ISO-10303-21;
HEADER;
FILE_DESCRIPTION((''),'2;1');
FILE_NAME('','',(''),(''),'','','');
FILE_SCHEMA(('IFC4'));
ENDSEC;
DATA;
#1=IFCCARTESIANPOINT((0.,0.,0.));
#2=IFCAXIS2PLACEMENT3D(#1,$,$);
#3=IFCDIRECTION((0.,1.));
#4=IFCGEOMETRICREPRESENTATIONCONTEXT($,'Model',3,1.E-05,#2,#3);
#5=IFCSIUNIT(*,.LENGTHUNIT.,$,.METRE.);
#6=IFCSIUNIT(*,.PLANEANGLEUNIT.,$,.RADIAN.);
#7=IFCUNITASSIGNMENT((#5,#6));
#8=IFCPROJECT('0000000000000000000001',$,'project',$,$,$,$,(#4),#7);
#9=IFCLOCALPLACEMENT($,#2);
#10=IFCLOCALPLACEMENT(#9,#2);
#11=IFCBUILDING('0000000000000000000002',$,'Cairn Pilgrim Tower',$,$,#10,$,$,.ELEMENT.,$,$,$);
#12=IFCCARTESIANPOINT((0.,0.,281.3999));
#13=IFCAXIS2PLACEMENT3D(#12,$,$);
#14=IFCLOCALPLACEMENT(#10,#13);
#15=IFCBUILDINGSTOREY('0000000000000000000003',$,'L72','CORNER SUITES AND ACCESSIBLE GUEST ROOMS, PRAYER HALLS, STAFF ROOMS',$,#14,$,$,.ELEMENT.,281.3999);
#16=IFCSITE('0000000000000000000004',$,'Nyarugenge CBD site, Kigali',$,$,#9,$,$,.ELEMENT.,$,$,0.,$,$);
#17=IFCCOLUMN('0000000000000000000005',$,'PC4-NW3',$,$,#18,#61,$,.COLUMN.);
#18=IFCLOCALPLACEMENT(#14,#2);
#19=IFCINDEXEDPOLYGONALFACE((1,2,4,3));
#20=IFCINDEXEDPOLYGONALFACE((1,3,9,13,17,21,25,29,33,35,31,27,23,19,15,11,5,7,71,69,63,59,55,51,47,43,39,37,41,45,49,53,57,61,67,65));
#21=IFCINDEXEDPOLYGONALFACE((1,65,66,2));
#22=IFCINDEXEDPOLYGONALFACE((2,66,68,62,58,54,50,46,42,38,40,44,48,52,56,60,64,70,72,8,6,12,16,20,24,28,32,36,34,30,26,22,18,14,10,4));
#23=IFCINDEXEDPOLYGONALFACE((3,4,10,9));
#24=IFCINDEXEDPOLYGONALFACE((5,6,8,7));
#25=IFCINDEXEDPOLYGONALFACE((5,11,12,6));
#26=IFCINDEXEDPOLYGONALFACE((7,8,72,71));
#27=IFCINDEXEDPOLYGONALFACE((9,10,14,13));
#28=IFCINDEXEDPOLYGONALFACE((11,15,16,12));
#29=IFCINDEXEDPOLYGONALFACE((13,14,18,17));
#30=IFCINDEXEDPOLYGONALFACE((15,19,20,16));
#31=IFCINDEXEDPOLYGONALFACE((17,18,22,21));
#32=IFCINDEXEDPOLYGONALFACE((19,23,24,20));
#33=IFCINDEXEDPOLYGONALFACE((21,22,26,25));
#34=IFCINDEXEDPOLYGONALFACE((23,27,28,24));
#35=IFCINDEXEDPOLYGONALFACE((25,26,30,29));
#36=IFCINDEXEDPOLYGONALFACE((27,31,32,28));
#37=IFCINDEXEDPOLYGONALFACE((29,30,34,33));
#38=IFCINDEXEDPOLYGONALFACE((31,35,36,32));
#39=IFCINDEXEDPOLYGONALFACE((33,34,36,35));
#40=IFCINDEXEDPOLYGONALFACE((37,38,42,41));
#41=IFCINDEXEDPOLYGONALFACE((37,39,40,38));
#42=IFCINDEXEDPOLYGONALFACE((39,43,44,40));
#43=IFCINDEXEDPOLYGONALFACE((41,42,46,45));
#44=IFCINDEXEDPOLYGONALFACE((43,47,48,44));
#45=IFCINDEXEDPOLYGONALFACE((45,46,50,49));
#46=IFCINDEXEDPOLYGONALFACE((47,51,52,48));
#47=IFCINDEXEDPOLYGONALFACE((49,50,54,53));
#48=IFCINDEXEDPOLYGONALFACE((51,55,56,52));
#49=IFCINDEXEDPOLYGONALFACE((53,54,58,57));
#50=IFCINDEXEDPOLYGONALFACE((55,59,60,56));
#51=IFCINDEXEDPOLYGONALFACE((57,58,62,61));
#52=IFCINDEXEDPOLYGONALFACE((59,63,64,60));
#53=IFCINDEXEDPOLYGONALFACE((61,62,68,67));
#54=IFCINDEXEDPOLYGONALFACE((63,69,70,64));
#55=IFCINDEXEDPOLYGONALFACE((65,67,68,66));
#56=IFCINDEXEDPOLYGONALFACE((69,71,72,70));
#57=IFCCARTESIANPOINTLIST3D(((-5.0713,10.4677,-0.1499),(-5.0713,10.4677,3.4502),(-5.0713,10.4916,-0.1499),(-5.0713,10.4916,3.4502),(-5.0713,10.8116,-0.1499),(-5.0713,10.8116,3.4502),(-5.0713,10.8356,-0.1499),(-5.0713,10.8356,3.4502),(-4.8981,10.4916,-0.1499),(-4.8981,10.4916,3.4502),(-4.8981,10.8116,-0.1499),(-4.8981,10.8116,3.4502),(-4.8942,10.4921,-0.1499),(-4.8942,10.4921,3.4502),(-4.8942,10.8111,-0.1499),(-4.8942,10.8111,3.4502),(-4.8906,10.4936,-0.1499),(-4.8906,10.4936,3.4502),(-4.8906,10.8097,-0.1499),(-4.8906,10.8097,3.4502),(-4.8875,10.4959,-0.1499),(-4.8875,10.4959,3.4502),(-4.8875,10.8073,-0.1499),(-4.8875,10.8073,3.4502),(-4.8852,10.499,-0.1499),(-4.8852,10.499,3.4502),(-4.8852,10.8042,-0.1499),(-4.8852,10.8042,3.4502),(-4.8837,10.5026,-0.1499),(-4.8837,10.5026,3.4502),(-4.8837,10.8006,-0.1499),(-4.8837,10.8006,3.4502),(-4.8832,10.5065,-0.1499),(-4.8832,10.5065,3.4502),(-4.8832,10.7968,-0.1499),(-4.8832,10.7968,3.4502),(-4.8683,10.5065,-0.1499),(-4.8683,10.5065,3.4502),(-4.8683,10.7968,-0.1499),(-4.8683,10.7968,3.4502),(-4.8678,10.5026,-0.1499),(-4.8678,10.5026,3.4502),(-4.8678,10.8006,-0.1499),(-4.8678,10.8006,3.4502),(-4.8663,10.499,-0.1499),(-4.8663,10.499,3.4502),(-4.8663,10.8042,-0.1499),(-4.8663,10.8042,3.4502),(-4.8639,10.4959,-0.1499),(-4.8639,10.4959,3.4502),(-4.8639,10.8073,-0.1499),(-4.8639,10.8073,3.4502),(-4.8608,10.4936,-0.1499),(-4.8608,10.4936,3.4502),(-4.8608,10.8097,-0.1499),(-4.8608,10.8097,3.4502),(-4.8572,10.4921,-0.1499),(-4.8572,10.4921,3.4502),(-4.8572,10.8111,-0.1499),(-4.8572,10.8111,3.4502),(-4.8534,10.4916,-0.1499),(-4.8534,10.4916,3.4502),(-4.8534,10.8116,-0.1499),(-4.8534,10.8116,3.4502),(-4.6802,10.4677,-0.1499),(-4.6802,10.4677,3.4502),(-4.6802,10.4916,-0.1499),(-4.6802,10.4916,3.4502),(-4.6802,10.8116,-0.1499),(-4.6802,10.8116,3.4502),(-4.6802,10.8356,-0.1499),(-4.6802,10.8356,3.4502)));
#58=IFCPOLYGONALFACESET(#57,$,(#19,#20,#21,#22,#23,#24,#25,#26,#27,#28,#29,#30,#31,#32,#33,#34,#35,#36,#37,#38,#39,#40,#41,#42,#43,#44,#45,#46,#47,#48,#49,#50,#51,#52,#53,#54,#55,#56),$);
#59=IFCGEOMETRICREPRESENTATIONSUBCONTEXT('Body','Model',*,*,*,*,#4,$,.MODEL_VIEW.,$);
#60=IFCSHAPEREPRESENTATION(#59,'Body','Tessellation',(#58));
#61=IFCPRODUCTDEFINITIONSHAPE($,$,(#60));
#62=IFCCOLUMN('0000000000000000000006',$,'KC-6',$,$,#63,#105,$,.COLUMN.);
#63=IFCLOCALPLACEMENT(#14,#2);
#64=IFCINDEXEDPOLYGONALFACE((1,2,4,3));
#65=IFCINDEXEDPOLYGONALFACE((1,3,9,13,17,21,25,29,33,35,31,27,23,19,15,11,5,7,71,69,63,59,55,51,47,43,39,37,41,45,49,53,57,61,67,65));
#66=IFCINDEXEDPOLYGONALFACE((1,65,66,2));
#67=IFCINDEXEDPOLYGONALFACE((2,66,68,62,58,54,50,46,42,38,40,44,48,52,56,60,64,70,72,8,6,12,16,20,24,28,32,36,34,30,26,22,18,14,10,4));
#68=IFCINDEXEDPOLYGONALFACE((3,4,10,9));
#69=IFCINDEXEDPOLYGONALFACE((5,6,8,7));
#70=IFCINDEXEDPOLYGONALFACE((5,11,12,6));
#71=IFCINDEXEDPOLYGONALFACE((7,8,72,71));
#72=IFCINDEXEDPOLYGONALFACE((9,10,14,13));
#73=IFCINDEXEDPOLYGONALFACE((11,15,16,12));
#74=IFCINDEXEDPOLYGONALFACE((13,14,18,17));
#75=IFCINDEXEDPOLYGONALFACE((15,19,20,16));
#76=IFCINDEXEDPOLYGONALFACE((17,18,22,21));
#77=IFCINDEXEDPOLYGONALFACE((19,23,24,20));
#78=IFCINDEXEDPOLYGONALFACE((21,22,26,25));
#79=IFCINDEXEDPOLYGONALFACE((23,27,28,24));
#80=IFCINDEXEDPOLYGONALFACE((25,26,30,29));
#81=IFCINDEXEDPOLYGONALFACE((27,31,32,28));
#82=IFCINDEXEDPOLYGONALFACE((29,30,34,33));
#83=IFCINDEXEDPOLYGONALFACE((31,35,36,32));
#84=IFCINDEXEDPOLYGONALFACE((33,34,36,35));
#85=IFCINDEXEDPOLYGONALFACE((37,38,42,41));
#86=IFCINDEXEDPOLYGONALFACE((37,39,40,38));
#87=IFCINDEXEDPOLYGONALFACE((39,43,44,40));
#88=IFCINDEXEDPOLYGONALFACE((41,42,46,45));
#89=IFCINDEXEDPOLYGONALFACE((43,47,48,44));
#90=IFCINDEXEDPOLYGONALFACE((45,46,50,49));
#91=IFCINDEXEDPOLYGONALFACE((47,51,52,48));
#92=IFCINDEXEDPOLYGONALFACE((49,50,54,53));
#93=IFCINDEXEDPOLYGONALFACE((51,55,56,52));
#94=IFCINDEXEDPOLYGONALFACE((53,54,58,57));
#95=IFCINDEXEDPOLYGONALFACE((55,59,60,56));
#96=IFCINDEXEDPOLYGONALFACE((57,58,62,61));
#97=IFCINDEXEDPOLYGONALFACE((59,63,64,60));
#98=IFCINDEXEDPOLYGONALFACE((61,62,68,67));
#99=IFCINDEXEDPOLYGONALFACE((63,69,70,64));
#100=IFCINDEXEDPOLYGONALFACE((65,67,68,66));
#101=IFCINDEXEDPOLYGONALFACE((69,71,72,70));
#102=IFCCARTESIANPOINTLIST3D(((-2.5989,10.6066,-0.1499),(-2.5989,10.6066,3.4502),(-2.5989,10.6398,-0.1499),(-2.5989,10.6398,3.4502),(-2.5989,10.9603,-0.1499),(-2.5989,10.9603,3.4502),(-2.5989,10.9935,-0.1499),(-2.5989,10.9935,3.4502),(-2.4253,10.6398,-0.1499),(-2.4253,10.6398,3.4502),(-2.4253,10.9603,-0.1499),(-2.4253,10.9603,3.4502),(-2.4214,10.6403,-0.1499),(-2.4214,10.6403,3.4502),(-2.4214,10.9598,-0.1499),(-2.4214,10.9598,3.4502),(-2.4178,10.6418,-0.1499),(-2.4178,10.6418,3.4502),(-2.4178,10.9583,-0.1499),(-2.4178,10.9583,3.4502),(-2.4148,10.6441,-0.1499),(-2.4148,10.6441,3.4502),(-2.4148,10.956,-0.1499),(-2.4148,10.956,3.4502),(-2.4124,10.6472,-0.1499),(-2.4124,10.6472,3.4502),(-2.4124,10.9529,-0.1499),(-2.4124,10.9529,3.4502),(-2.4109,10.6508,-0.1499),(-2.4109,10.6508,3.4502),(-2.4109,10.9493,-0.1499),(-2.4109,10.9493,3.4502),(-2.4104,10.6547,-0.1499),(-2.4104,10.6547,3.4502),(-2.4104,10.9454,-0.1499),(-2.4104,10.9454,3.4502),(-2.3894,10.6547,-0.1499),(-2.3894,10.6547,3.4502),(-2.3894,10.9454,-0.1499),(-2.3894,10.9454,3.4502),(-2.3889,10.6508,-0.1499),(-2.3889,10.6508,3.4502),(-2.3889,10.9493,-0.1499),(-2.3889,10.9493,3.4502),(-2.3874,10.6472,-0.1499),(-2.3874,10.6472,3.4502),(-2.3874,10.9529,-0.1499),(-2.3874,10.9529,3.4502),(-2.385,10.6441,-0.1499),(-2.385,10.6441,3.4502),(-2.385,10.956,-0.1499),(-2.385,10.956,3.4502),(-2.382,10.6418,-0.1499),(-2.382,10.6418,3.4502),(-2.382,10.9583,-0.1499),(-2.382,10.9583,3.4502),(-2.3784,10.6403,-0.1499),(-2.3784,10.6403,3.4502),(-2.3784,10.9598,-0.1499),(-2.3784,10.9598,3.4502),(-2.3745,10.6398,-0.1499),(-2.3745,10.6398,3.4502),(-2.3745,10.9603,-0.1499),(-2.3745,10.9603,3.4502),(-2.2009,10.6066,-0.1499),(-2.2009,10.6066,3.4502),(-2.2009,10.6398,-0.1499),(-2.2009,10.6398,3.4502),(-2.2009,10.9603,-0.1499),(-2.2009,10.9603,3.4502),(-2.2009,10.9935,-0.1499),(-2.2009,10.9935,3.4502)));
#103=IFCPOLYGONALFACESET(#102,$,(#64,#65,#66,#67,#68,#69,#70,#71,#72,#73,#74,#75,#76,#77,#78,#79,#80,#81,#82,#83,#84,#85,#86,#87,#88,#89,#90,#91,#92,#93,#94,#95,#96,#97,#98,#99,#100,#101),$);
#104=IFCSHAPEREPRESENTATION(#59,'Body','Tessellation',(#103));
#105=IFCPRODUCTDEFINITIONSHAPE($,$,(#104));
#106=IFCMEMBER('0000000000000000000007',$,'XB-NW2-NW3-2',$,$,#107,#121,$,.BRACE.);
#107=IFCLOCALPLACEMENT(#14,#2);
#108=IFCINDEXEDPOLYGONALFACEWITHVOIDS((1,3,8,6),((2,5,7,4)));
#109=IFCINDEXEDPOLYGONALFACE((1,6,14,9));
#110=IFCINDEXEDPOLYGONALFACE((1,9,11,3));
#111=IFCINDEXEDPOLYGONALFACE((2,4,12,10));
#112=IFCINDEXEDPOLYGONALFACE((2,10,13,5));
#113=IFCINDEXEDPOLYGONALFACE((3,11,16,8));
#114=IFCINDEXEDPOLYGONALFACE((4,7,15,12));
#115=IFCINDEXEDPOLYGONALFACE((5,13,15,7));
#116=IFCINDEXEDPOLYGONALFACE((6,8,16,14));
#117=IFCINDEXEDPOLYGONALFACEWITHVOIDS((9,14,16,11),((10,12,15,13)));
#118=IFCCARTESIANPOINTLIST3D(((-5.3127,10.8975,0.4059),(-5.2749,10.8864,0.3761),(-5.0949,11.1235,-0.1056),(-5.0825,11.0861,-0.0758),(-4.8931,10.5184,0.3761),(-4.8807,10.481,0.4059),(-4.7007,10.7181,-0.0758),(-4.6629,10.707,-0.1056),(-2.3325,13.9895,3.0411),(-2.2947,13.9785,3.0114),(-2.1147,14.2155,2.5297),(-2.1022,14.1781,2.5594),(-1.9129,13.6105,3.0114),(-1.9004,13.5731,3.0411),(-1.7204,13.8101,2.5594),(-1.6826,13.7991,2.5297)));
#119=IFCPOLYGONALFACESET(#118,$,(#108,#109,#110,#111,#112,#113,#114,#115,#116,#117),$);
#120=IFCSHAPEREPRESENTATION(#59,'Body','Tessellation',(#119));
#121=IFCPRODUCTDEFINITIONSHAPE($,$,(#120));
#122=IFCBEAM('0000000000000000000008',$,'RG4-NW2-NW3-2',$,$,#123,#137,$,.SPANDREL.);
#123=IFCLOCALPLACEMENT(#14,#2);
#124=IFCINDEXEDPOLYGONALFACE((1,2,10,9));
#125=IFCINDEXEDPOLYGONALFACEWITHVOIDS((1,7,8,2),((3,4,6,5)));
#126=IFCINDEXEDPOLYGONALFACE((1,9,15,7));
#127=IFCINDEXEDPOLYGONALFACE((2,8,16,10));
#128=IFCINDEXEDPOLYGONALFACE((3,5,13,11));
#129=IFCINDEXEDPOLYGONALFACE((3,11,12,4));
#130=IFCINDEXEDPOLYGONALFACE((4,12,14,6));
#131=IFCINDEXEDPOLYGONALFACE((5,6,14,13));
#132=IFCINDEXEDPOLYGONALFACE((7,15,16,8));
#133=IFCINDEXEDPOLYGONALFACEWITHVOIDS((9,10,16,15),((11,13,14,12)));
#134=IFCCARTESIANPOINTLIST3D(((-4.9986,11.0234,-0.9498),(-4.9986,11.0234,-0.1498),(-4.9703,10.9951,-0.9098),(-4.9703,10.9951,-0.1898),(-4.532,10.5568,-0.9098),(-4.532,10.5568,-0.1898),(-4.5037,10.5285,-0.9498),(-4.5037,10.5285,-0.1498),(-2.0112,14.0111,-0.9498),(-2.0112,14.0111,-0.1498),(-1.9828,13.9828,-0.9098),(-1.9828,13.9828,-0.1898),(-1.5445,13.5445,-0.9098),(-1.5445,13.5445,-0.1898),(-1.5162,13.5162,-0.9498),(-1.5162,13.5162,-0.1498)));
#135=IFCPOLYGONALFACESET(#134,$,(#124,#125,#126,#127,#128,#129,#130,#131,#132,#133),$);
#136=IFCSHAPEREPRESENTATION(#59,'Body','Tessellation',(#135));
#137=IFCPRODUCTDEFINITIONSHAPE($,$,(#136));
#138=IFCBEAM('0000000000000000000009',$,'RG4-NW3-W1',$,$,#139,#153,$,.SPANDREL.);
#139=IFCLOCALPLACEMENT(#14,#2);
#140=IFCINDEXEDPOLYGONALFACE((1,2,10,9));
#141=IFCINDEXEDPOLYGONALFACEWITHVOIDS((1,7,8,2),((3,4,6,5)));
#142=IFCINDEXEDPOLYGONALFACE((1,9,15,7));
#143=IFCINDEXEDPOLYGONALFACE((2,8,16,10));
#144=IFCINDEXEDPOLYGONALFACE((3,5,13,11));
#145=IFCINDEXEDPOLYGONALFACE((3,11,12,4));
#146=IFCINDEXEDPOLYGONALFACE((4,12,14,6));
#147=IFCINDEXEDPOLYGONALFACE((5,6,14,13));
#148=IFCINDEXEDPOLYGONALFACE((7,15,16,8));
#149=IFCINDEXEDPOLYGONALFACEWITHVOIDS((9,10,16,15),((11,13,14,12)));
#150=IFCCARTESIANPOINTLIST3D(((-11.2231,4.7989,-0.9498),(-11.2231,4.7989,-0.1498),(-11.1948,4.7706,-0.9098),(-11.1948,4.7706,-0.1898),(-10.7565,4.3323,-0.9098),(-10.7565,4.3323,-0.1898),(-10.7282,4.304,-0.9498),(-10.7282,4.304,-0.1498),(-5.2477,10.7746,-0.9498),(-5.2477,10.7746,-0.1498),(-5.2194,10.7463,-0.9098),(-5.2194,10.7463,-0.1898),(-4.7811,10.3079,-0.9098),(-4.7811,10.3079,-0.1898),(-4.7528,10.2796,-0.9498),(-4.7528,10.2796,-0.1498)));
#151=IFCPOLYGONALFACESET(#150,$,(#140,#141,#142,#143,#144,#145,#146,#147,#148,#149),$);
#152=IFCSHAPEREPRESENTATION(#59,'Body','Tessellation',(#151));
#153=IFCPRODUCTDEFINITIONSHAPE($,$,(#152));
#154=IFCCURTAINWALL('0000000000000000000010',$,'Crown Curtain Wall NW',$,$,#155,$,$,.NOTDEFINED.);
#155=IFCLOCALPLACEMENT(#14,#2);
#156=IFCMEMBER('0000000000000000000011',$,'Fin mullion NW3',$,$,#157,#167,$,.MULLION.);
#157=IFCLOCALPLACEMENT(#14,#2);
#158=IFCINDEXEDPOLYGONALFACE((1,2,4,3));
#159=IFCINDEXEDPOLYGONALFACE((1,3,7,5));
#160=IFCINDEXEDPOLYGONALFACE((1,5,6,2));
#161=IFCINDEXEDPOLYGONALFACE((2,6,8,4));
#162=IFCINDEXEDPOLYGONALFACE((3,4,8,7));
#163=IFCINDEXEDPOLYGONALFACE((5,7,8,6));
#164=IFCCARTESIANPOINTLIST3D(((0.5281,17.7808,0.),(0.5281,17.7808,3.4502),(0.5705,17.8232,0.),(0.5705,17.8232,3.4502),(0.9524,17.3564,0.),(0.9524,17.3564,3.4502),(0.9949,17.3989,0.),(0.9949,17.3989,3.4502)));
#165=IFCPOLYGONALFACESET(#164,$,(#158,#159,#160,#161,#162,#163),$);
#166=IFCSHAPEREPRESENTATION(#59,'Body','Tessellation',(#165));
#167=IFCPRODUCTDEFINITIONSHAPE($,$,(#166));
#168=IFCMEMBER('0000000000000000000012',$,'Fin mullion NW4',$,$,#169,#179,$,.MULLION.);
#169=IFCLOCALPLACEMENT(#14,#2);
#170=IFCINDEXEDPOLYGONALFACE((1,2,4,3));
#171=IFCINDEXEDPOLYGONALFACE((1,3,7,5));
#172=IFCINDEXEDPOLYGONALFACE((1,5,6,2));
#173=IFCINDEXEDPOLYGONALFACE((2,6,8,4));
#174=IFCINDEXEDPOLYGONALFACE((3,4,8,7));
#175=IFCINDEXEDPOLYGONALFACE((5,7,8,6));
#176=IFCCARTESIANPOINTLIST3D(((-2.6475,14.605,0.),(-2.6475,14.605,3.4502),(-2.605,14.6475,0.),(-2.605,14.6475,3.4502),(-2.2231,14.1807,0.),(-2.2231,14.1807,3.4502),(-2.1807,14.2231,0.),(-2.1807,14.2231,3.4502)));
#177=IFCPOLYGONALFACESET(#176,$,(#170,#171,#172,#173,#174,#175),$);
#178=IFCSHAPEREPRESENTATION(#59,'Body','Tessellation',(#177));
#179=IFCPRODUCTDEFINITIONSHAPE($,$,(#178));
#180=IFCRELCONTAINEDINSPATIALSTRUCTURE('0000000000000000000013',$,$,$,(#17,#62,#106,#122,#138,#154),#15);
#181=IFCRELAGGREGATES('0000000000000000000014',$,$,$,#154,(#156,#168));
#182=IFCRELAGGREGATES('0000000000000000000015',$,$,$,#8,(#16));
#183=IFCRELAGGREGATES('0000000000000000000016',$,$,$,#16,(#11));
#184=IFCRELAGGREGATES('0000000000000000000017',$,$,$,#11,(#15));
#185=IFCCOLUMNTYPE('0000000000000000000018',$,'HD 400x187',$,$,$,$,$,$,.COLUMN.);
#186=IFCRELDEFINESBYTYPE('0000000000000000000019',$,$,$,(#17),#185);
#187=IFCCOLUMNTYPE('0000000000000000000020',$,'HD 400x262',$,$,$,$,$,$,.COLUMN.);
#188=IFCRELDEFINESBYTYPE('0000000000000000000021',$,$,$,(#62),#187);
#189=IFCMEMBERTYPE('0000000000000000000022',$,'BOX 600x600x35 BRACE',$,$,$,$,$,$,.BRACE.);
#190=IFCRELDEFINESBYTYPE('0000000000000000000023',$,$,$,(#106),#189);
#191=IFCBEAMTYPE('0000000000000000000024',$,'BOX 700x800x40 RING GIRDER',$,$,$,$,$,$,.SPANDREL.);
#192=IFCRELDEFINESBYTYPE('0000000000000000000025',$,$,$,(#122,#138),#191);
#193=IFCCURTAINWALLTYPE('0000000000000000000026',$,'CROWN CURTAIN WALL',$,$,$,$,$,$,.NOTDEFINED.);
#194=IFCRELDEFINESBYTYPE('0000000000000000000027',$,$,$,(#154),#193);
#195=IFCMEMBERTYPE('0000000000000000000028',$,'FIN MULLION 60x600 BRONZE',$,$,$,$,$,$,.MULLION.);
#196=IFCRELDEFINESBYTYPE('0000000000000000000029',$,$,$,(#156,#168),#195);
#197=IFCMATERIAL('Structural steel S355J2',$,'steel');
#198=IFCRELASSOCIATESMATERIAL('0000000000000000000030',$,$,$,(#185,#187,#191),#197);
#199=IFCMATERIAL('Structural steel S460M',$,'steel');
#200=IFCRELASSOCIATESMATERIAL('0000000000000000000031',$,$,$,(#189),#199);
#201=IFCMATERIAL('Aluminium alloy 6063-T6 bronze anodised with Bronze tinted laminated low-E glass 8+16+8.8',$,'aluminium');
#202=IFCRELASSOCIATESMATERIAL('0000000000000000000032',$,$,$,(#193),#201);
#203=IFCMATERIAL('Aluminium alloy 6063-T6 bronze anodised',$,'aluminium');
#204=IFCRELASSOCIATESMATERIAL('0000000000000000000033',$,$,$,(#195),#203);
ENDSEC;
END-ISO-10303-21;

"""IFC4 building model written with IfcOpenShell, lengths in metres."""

from ifc_helpers import new_model, si_unit, direction, frame, origin, origin_2d, place, context, subcontext, project, spatial, rectangle, hollow_rectangle, i_section, extrude, material, material_profile, profile_set, type_object, element, aggregate, save


model = new_model("IFC4")

# Units and contexts
model_context = context("Model", 3, precision=1e-05, world=origin(), true_north=direction((0.0, 1.0)))
body_context = subcontext(model_context, "Body", "Model", "MODEL_VIEW")
ifc_project = project(units=[si_unit("LENGTHUNIT", "METRE"), si_unit("PLANEANGLEUNIT", "RADIAN")], contexts=[model_context])

# Site, building, storey
site_placement = place(None, origin())
site = spatial("IfcSite", under=ifc_project, at=site_placement, Name="Nyarugenge CBD site, Kigali", CompositionType="ELEMENT", RefElevation=0.0)
building_placement = place(site_placement, origin())
building = spatial("IfcBuilding", under=site, at=building_placement, Name="Cairn Pilgrim Tower", CompositionType="ELEMENT")
storey_placement = place(building_placement, frame((0.0, 0.0, 281.3999)))
storey = spatial("IfcBuildingStorey", under=building, at=storey_placement, Name="L72", Description="CORNER SUITES AND ACCESSIBLE GUEST ROOMS, PRAYER HALLS, STAFF ROOMS", CompositionType="ELEMENT", Elevation=281.3999)

# Columns
ifc_material_1 = material(Name="Structural steel S355J2", Category="steel")
ifc_material_profile_1 = material_profile(ifc_material_1, i_section(OverallWidth=0.3911, OverallDepth=0.3679, WebThickness=0.0149, FlangeThickness=0.0239, FilletRadius=0.0149, at=origin_2d()), Name="HD 400x187")
ifc_profile_set_1 = profile_set([ifc_material_profile_1], Name="Structural steel S355J2")
column_type_1 = type_object("IfcColumnType", Name="HD 400x187", PredefinedType="COLUMN", material=ifc_profile_set_1)
column_1_placement = place(storey_placement, frame((-4.8757, 10.6516, -0.1499), z_axis=(0.0, 0.0, 1.0), x_axis=(1.0, 0.0, 0.0)))
element("IfcColumn", 1, at=column_1_placement, inside=storey, type_object=column_type_1, Name="PC4-NW3", PredefinedType="COLUMN", context=body_context, shape_type="SweptSolid", body=[
    extrude(i_section(OverallWidth=0.3911, OverallDepth=0.3679, WebThickness=0.0149, FlangeThickness=0.0239, FilletRadius=0.0149, at=origin_2d()), origin(), (0.0, 0.0, 1.0), 3.6001),
])
ifc_material_profile_2 = material_profile(ifc_material_1, i_section(OverallWidth=0.3979, OverallDepth=0.387, WebThickness=0.021, FlangeThickness=0.0332, FilletRadius=0.0149, at=origin_2d()), Name="HD 400x262")
ifc_profile_set_2 = profile_set([ifc_material_profile_2], Name="Structural steel S355J2")
column_type_2 = type_object("IfcColumnType", Name="HD 400x262", PredefinedType="COLUMN", material=ifc_profile_set_2)
column_2_placement = place(storey_placement, frame((-2.3999, 10.8, -0.1499), z_axis=(0.0, 0.0, 1.0), x_axis=(1.0, 0.0, 0.0)))
element("IfcColumn", 2, at=column_2_placement, inside=storey, type_object=column_type_2, Name="KC-6", PredefinedType="COLUMN", context=body_context, shape_type="SweptSolid", body=[
    extrude(i_section(OverallWidth=0.3979, OverallDepth=0.387, WebThickness=0.021, FlangeThickness=0.0332, FilletRadius=0.0149, at=origin_2d()), origin(), (0.0, 0.0, 1.0), 3.6001),
])

# Member
ifc_material_2 = material(Name="Structural steel S460M", Category="steel")
ifc_material_profile_3 = material_profile(ifc_material_2, hollow_rectangle(XDim=0.6001, YDim=0.6001, WallThickness=0.0349, at=origin_2d()), Name="BOX 600x600x35")
ifc_profile_set_3 = profile_set([ifc_material_profile_3], Name="Structural steel S460M")
member_type_1 = type_object("IfcMemberType", Name="BOX 600x600x35 BRACE", PredefinedType="BRACE", material=ifc_profile_set_3)
member_1_placement = place(storey_placement, frame((-4.9878, 10.8022, 0.1501), z_axis=(0.591484, 0.613676, 0.523018), x_axis=(-0.720006, 0.693968, 0.0)))
element("IfcMember", 3, at=member_1_placement, inside=storey, type_object=member_type_1, Name="XB-NW2-NW3-2", PredefinedType="BRACE", context=body_context, shape_type="SweptSolid", body=[
    extrude(hollow_rectangle(XDim=0.6001, YDim=0.6001, WallThickness=0.0349, at=origin_2d()), origin(), (0.0, 0.0, 1.0), 5.0386),
])

# Beams
ifc_material_profile_4 = material_profile(ifc_material_1, hollow_rectangle(XDim=0.7, YDim=0.8, WallThickness=0.04, at=origin_2d()), Name="BOX 700x800x40")
ifc_profile_set_4 = profile_set([ifc_material_profile_4], Name="Structural steel S355J2")
beam_type_1 = type_object("IfcBeamType", Name="BOX 700x800x40 RING GIRDER", PredefinedType="SPANDREL", material=ifc_profile_set_4)
beam_1_placement = place(storey_placement, frame((-1.7637, 13.7637, -0.5498), z_axis=(-0.707078, -0.707136, 0.0), x_axis=(0.707136, -0.707078, 0.0)))
element("IfcBeam", 4, at=beam_1_placement, inside=storey, type_object=beam_type_1, Name="RG4-NW2-NW3-2", PredefinedType="SPANDREL", context=body_context, shape_type="SweptSolid", body=[
    extrude(hollow_rectangle(XDim=0.7, YDim=0.8, WallThickness=0.04, at=origin_2d()), origin(), (0.0, 0.0, 1.0), 4.2251),
])
beam_2_placement = place(storey_placement, frame((-5.0002, 10.5271, -0.5498), z_axis=(-0.707092, -0.707121, 0.0), x_axis=(0.707121, -0.707092, 0.0)))
element("IfcBeam", 5, at=beam_2_placement, inside=storey, type_object=beam_type_1, Name="RG4-NW3-W1", PredefinedType="SPANDREL", context=body_context, shape_type="SweptSolid", body=[
    extrude(hollow_rectangle(XDim=0.7, YDim=0.8, WallThickness=0.04, at=origin_2d()), origin(), (0.0, 0.0, 1.0), 8.4507),
])

# Curtain wall, members
ifc_material_3 = material(Name="Aluminium alloy 6063-T6 bronze anodised with Bronze tinted laminated low-E glass 8+16+8.8", Category="aluminium")
curtain_wall_type = type_object("IfcCurtainWallType", Name="CROWN CURTAIN WALL", PredefinedType="NOTDEFINED", material=ifc_material_3)
curtain_wall_placement = place(storey_placement, origin())
curtain_wall = element("IfcCurtainWall", 6, at=curtain_wall_placement, inside=storey, type_object=curtain_wall_type, Name="Crown Curtain Wall NW", PredefinedType="NOTDEFINED")
ifc_material_4 = material(Name="Aluminium alloy 6063-T6 bronze anodised", Category="aluminium")
ifc_material_profile_5 = material_profile(ifc_material_4, rectangle(XDim=0.6001, YDim=0.0601, at=origin_2d()), Name="FIN MULLION 60x600 BRONZE")
ifc_profile_set_5 = profile_set([ifc_material_profile_5], Name="Aluminium alloy 6063-T6 bronze anodised")
member_type_2 = type_object("IfcMemberType", Name="FIN MULLION 60x600 BRONZE", PredefinedType="MULLION", material=ifc_profile_set_5)
member_2_placement = place(storey_placement, frame((0.7615, 17.5898, 0.0), z_axis=(0.0, 0.0, 1.0), x_axis=(-0.707107, 0.707107, 0.0)))
member_2 = element("IfcMember", 7, at=member_2_placement, type_object=member_type_2, Name="Fin mullion NW3", PredefinedType="MULLION", context=body_context, shape_type="SweptSolid", body=[
    extrude(rectangle(XDim=0.6001, YDim=0.0601, at=origin_2d()), origin(), (0.0, 0.0, 1.0), 3.4502),
])
member_3_placement = place(storey_placement, frame((-2.4141, 14.4141, 0.0), z_axis=(0.0, 0.0, 1.0), x_axis=(-0.707107, 0.707107, 0.0)))
member_3 = element("IfcMember", 8, at=member_3_placement, type_object=member_type_2, Name="Fin mullion NW4", PredefinedType="MULLION", context=body_context, shape_type="SweptSolid", body=[
    extrude(rectangle(XDim=0.6001, YDim=0.0601, at=origin_2d()), origin(), (0.0, 0.0, 1.0), 3.4502),
])

aggregate(curtain_wall, [member_2, member_3])

save(model, "model.ifc")
